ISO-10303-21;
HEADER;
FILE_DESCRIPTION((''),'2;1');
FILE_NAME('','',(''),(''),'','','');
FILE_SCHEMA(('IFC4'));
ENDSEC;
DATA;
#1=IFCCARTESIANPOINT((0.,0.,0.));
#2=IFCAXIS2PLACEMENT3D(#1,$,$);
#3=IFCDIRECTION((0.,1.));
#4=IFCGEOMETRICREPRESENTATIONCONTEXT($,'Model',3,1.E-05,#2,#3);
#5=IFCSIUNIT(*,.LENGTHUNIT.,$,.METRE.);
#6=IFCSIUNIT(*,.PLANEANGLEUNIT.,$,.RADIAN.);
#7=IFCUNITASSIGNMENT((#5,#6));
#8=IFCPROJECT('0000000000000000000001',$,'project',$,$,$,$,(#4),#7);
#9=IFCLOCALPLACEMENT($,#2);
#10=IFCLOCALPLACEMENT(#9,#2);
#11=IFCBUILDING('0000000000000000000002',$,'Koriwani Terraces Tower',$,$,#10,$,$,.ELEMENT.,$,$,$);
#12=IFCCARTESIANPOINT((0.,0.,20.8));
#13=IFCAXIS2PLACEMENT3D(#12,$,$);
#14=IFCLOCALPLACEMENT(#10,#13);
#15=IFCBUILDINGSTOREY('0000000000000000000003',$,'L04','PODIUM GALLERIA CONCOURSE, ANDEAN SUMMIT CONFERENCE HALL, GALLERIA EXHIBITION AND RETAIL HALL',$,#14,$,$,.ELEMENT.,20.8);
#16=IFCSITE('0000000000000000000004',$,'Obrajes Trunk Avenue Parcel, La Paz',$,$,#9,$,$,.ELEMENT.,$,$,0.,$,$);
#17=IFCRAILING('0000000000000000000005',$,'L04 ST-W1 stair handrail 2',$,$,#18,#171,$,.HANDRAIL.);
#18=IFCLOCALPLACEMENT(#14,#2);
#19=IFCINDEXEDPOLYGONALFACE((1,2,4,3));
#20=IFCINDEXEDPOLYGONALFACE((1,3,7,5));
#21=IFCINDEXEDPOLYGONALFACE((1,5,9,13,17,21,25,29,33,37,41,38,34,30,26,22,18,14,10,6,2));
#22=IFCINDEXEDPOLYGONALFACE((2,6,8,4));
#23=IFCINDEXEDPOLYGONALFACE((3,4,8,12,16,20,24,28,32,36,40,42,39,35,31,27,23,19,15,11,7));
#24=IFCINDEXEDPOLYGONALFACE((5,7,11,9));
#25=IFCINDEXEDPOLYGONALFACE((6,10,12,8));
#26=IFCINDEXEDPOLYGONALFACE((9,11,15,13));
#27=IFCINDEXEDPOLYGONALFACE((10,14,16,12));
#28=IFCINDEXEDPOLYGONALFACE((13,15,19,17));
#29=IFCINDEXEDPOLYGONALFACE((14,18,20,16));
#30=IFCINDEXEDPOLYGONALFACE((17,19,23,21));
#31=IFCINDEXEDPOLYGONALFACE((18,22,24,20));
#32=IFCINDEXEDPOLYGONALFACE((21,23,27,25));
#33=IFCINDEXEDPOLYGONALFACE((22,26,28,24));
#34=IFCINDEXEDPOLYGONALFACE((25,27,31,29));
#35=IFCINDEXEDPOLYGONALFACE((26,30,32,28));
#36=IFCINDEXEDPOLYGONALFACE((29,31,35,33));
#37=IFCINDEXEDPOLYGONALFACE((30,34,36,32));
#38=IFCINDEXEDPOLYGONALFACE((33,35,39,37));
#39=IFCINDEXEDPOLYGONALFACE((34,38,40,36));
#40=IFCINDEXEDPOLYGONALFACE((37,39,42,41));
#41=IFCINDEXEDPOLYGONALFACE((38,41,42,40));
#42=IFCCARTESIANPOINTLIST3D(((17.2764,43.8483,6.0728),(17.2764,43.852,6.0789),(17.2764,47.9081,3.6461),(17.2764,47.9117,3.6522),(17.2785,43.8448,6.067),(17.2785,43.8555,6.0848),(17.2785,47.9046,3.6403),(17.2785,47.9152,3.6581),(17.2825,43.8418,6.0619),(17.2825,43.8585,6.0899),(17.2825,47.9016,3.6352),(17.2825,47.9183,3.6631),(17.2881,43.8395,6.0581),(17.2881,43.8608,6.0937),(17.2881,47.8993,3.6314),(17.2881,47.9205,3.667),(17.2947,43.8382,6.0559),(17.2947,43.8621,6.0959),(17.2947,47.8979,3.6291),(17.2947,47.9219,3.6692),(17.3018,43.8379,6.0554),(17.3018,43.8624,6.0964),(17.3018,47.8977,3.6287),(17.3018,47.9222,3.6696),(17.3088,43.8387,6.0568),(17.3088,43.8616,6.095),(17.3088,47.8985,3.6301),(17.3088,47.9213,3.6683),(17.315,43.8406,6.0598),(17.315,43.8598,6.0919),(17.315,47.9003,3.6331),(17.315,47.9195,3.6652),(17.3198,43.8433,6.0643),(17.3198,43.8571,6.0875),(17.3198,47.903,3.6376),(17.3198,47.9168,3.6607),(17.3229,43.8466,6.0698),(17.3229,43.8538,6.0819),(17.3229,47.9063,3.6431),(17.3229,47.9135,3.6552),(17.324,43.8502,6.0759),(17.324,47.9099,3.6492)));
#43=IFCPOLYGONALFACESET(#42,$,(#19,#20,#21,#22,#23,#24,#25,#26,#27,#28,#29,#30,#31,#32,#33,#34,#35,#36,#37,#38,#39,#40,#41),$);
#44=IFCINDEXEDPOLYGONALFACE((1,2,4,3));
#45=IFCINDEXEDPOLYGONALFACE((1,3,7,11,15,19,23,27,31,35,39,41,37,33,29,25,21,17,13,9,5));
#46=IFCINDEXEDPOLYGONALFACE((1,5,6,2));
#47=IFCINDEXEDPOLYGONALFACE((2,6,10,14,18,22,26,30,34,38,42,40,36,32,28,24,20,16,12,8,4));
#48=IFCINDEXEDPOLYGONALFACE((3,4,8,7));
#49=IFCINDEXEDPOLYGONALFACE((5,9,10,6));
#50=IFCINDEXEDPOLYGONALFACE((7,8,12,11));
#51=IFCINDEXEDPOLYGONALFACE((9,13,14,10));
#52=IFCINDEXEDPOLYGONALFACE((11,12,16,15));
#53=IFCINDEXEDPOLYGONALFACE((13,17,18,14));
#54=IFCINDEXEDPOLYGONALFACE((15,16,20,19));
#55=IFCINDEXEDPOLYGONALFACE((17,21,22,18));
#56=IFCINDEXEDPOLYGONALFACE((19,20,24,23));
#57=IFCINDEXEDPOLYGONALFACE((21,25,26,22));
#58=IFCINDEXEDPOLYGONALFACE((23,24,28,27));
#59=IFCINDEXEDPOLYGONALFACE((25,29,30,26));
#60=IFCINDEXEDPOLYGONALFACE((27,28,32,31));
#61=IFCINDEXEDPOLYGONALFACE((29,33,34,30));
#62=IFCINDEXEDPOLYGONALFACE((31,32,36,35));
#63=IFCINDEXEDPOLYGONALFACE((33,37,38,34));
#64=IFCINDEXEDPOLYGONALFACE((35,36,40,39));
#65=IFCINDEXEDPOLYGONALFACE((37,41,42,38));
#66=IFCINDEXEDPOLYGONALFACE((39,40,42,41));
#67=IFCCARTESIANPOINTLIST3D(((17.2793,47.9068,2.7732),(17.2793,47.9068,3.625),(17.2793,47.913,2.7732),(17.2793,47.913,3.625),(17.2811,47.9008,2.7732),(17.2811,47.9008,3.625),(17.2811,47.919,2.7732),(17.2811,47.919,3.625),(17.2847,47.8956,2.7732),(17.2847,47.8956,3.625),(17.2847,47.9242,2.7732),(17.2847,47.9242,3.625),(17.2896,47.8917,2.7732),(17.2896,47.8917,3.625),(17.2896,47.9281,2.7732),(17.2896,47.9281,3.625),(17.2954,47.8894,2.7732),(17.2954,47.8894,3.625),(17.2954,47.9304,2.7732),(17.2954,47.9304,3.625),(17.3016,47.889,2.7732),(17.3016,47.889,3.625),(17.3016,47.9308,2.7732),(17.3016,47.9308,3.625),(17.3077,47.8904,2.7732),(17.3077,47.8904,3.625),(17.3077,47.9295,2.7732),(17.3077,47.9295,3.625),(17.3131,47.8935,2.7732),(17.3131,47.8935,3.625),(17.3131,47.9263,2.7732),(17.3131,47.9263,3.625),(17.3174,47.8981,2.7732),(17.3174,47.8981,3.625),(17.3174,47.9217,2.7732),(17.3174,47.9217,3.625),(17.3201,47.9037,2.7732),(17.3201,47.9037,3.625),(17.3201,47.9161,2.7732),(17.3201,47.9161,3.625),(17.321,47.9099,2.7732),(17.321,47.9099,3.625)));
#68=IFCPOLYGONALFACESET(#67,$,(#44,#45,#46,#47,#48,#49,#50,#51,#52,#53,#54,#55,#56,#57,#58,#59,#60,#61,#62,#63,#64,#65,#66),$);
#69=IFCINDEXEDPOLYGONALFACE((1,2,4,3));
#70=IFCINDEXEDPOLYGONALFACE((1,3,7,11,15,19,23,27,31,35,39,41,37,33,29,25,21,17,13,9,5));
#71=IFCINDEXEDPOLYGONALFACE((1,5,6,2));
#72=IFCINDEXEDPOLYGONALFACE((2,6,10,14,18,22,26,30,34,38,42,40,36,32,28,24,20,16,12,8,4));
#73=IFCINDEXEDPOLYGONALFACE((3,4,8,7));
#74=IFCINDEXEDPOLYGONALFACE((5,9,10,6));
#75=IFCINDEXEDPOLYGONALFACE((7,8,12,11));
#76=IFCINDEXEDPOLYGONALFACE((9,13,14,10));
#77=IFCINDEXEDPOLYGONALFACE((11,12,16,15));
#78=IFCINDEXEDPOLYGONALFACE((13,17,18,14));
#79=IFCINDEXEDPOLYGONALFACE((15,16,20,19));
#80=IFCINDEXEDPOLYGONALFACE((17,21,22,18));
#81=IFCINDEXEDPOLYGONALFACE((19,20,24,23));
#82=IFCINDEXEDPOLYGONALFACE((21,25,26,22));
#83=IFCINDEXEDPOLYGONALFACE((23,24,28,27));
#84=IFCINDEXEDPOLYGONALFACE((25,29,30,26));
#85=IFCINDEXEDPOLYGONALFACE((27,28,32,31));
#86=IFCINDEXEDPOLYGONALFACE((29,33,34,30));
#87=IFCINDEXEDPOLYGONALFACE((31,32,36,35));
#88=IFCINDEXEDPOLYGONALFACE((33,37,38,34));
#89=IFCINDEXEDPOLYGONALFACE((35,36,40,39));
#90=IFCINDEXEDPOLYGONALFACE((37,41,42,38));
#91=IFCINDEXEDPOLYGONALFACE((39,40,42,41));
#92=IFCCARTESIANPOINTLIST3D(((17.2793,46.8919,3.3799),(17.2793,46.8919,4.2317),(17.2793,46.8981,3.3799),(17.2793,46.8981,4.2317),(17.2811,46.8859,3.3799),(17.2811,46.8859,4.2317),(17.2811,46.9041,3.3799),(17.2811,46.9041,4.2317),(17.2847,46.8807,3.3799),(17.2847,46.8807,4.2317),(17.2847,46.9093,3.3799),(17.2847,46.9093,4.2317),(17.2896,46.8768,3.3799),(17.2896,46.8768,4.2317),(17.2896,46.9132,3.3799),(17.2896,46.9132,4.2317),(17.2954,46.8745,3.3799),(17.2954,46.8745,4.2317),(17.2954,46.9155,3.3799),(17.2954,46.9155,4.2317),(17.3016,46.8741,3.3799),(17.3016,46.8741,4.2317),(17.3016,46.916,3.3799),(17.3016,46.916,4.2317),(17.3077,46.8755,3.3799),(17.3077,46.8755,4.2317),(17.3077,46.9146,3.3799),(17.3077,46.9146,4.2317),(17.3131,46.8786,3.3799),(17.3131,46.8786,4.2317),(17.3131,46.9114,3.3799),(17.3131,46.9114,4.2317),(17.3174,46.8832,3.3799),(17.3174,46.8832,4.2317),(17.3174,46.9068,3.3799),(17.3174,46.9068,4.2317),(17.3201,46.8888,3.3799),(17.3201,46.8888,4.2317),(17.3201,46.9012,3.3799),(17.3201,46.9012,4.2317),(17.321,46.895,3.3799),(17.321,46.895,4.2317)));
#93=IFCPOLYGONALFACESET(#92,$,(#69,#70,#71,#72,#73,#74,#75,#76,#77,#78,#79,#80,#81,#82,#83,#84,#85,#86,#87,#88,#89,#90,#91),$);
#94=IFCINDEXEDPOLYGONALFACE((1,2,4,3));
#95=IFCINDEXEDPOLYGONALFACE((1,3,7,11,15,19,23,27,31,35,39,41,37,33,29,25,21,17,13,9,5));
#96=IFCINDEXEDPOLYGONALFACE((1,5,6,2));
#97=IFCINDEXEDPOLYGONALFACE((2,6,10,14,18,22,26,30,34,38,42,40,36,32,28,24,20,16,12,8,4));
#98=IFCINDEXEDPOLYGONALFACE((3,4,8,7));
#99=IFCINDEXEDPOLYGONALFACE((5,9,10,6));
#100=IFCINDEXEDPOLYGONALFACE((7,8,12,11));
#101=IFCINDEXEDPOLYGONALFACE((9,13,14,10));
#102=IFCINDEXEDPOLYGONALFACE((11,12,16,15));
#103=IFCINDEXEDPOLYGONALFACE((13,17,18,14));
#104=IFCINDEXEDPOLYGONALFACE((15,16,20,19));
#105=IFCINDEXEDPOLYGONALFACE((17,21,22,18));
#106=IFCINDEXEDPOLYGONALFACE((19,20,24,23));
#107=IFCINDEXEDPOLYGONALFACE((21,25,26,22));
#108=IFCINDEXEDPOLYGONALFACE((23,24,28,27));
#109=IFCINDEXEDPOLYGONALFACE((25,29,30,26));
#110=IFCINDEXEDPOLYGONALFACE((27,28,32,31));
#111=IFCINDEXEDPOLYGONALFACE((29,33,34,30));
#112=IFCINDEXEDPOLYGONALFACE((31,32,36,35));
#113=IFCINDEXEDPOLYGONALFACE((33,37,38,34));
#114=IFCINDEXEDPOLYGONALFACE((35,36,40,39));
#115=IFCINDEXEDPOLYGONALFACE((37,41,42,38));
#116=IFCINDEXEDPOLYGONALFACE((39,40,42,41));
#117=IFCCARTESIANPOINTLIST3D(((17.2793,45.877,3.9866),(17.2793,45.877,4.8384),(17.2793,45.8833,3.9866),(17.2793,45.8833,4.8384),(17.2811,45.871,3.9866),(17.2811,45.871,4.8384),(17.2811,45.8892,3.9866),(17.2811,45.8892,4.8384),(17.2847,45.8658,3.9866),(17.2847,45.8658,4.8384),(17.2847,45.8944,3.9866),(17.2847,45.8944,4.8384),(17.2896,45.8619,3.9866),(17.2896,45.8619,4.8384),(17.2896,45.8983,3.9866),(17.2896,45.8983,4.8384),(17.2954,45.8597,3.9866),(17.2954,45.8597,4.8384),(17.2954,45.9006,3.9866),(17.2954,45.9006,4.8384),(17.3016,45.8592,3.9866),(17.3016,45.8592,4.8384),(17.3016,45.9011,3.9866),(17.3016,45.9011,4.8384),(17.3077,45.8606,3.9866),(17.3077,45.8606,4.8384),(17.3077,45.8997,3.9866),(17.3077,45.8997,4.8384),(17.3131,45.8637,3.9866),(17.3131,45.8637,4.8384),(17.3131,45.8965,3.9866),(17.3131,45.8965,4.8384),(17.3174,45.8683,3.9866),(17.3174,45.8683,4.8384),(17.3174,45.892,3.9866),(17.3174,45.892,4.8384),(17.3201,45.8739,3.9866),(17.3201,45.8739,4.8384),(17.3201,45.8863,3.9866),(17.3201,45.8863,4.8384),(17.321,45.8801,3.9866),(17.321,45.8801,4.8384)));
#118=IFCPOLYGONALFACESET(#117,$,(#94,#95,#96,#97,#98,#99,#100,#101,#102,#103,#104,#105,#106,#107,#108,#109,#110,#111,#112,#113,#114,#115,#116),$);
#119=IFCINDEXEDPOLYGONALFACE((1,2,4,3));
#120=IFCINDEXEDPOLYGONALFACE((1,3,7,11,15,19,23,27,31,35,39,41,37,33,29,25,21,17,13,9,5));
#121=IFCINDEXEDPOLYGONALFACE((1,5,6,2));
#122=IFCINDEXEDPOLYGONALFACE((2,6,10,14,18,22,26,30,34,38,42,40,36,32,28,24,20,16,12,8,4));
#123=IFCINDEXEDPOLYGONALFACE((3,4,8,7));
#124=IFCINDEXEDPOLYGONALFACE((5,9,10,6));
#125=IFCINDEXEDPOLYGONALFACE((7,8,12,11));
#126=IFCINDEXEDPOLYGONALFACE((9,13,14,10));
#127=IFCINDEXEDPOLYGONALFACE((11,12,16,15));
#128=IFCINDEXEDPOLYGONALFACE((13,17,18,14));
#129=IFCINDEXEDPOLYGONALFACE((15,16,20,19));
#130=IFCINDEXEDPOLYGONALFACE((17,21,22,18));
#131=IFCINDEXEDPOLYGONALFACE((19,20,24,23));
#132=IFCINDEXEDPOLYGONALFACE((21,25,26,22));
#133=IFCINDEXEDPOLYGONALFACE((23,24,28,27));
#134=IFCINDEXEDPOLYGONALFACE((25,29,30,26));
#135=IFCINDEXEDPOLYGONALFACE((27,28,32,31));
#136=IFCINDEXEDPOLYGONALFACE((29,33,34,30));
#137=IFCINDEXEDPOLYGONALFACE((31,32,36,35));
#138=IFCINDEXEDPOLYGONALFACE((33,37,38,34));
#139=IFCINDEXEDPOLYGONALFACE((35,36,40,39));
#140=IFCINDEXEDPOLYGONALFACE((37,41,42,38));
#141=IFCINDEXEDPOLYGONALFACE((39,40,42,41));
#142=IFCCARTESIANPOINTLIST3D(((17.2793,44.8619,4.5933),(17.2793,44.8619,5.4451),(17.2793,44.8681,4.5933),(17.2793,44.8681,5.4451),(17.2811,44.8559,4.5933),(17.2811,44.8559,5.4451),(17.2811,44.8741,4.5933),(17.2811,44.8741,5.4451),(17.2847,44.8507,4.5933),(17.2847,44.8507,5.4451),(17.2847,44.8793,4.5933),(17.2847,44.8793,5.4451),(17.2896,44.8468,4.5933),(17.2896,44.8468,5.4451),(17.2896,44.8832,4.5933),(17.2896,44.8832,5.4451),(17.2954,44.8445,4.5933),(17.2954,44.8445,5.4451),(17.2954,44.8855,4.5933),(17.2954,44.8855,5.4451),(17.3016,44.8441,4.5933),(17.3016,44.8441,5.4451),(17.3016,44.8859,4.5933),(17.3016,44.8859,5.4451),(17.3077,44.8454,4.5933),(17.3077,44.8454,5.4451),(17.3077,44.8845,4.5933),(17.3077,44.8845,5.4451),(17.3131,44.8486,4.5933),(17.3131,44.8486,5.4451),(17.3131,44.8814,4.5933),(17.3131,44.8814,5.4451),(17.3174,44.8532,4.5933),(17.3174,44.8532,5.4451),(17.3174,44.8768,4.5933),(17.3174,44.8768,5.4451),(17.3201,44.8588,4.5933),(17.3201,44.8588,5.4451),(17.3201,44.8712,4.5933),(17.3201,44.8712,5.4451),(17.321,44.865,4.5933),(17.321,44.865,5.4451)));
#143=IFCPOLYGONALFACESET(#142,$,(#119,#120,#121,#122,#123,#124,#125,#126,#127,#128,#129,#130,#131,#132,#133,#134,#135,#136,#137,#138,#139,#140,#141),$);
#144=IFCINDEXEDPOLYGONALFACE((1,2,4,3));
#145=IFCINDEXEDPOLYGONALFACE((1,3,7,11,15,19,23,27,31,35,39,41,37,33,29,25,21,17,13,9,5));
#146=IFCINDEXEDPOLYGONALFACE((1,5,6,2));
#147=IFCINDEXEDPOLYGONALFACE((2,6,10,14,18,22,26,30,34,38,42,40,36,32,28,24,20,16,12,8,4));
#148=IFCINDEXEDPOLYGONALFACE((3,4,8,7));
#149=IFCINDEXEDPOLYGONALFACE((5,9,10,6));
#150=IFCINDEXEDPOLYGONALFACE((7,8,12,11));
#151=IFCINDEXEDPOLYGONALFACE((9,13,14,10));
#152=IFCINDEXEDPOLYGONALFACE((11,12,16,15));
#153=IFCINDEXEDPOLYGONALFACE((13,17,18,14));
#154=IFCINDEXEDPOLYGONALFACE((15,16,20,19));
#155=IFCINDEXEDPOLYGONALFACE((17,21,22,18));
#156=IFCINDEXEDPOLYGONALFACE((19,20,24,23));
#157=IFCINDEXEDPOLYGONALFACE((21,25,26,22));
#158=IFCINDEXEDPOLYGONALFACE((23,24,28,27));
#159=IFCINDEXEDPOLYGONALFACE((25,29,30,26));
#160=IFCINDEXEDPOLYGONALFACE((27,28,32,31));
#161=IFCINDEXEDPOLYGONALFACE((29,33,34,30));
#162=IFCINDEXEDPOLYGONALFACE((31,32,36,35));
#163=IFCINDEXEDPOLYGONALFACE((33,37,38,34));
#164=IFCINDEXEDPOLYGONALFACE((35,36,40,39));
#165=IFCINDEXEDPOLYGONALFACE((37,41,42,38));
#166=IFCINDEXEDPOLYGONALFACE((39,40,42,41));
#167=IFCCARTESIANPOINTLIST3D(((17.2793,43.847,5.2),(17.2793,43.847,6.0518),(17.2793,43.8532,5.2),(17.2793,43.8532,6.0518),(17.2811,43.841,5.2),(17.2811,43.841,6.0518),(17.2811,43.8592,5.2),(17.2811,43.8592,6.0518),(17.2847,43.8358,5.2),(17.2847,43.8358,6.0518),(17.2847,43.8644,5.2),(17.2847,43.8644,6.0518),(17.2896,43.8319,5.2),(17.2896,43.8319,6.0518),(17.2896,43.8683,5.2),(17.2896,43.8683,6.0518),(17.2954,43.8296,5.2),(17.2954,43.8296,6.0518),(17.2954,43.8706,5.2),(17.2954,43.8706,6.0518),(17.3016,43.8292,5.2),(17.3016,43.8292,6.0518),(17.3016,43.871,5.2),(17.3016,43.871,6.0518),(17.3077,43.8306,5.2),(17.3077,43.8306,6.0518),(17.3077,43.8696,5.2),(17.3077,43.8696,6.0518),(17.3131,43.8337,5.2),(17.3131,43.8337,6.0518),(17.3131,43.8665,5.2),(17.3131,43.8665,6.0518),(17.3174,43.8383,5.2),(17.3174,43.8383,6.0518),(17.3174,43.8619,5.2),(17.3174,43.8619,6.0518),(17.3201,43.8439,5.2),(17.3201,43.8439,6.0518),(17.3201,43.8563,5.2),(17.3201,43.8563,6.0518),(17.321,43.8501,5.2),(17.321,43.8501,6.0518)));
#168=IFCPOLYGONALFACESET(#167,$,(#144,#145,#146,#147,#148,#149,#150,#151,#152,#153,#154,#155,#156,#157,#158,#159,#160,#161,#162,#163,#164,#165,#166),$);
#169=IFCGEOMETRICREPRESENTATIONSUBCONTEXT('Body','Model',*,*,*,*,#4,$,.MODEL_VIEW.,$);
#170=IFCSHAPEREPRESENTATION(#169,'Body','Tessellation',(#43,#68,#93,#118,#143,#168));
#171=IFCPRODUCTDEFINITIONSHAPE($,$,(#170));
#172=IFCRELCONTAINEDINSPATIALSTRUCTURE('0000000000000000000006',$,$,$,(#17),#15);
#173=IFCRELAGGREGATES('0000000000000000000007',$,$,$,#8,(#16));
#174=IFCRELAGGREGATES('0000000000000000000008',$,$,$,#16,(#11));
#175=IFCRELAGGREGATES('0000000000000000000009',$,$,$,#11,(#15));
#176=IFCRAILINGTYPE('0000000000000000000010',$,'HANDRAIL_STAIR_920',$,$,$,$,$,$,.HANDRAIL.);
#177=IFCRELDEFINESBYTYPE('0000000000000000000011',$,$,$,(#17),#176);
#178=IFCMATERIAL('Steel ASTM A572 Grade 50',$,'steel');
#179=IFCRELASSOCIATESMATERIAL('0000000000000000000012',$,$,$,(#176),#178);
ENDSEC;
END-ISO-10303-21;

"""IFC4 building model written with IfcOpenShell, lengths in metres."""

from ifc_helpers import new_model, si_unit, direction, frame, origin, origin_2d, place, context, subcontext, project, spatial, circle, extrude, material, type_object, element, save


model = new_model("IFC4")

# Units and contexts
model_context = context("Model", 3, precision=1e-05, world=origin(), true_north=direction((0.0, 1.0)))
body_context = subcontext(model_context, "Body", "Model", "MODEL_VIEW")
ifc_project = project(units=[si_unit("LENGTHUNIT", "METRE"), si_unit("PLANEANGLEUNIT", "RADIAN")], contexts=[model_context])

# Site, building, storey
site_placement = place(None, origin())
site = spatial("IfcSite", under=ifc_project, at=site_placement, Name="Obrajes Trunk Avenue Parcel, La Paz", CompositionType="ELEMENT", RefElevation=0.0)
building_placement = place(site_placement, origin())
building = spatial("IfcBuilding", under=site, at=building_placement, Name="Koriwani Terraces Tower", CompositionType="ELEMENT")
storey_placement = place(building_placement, frame((0.0, 0.0, 20.8)))
storey = spatial("IfcBuildingStorey", under=building, at=storey_placement, Name="L04", Description="PODIUM GALLERIA CONCOURSE, ANDEAN SUMMIT CONFERENCE HALL, GALLERIA EXHIBITION AND RETAIL HALL", CompositionType="ELEMENT", Elevation=20.8)

# Shared definitions
ifc_material_1 = material(Name="Steel ASTM A572 Grade 50", Category="steel")

# Railing
railing_type_1 = type_object("IfcRailingType", Name="HANDRAIL_STAIR_920", PredefinedType="HANDRAIL", material=ifc_material_1)
railing_1_placement = place(storey_placement, frame((17.3, 47.9099, 2.7732)))
element("IfcRailing", 1, at=railing_1_placement, inside=storey, type_object=railing_type_1, Name="L04 ST-W1 stair handrail 2", PredefinedType="HANDRAIL", context=body_context, shape_type="SweptSolid", body=[
    extrude(circle(Radius=0.0239, at=origin_2d()), frame((0.0, 0.0, 0.876), z_axis=(0.0, -0.858343, 0.513076), x_axis=(1.0, 0.0, 0.0)), (0.0, 0.0, 1.0), 4.7297),
    extrude(circle(Radius=0.021, at=origin_2d()), origin(), (0.0, 0.0, 1.0), 0.8518),
    extrude(circle(Radius=0.021, at=origin_2d()), frame((0.0, -1.0149, 0.6067)), (0.0, 0.0, 1.0), 0.8518),
    extrude(circle(Radius=0.021, at=origin_2d()), frame((0.0, -2.0298, 1.2134)), (0.0, 0.0, 1.0), 0.8518),
    extrude(circle(Radius=0.021, at=origin_2d()), frame((0.0, -3.0449, 1.8201)), (0.0, 0.0, 1.0), 0.8518),
    extrude(circle(Radius=0.021, at=origin_2d()), frame((0.0, -4.0598, 2.4268)), (0.0, 0.0, 1.0), 0.8518),
])

save(model, "model.ifc")
